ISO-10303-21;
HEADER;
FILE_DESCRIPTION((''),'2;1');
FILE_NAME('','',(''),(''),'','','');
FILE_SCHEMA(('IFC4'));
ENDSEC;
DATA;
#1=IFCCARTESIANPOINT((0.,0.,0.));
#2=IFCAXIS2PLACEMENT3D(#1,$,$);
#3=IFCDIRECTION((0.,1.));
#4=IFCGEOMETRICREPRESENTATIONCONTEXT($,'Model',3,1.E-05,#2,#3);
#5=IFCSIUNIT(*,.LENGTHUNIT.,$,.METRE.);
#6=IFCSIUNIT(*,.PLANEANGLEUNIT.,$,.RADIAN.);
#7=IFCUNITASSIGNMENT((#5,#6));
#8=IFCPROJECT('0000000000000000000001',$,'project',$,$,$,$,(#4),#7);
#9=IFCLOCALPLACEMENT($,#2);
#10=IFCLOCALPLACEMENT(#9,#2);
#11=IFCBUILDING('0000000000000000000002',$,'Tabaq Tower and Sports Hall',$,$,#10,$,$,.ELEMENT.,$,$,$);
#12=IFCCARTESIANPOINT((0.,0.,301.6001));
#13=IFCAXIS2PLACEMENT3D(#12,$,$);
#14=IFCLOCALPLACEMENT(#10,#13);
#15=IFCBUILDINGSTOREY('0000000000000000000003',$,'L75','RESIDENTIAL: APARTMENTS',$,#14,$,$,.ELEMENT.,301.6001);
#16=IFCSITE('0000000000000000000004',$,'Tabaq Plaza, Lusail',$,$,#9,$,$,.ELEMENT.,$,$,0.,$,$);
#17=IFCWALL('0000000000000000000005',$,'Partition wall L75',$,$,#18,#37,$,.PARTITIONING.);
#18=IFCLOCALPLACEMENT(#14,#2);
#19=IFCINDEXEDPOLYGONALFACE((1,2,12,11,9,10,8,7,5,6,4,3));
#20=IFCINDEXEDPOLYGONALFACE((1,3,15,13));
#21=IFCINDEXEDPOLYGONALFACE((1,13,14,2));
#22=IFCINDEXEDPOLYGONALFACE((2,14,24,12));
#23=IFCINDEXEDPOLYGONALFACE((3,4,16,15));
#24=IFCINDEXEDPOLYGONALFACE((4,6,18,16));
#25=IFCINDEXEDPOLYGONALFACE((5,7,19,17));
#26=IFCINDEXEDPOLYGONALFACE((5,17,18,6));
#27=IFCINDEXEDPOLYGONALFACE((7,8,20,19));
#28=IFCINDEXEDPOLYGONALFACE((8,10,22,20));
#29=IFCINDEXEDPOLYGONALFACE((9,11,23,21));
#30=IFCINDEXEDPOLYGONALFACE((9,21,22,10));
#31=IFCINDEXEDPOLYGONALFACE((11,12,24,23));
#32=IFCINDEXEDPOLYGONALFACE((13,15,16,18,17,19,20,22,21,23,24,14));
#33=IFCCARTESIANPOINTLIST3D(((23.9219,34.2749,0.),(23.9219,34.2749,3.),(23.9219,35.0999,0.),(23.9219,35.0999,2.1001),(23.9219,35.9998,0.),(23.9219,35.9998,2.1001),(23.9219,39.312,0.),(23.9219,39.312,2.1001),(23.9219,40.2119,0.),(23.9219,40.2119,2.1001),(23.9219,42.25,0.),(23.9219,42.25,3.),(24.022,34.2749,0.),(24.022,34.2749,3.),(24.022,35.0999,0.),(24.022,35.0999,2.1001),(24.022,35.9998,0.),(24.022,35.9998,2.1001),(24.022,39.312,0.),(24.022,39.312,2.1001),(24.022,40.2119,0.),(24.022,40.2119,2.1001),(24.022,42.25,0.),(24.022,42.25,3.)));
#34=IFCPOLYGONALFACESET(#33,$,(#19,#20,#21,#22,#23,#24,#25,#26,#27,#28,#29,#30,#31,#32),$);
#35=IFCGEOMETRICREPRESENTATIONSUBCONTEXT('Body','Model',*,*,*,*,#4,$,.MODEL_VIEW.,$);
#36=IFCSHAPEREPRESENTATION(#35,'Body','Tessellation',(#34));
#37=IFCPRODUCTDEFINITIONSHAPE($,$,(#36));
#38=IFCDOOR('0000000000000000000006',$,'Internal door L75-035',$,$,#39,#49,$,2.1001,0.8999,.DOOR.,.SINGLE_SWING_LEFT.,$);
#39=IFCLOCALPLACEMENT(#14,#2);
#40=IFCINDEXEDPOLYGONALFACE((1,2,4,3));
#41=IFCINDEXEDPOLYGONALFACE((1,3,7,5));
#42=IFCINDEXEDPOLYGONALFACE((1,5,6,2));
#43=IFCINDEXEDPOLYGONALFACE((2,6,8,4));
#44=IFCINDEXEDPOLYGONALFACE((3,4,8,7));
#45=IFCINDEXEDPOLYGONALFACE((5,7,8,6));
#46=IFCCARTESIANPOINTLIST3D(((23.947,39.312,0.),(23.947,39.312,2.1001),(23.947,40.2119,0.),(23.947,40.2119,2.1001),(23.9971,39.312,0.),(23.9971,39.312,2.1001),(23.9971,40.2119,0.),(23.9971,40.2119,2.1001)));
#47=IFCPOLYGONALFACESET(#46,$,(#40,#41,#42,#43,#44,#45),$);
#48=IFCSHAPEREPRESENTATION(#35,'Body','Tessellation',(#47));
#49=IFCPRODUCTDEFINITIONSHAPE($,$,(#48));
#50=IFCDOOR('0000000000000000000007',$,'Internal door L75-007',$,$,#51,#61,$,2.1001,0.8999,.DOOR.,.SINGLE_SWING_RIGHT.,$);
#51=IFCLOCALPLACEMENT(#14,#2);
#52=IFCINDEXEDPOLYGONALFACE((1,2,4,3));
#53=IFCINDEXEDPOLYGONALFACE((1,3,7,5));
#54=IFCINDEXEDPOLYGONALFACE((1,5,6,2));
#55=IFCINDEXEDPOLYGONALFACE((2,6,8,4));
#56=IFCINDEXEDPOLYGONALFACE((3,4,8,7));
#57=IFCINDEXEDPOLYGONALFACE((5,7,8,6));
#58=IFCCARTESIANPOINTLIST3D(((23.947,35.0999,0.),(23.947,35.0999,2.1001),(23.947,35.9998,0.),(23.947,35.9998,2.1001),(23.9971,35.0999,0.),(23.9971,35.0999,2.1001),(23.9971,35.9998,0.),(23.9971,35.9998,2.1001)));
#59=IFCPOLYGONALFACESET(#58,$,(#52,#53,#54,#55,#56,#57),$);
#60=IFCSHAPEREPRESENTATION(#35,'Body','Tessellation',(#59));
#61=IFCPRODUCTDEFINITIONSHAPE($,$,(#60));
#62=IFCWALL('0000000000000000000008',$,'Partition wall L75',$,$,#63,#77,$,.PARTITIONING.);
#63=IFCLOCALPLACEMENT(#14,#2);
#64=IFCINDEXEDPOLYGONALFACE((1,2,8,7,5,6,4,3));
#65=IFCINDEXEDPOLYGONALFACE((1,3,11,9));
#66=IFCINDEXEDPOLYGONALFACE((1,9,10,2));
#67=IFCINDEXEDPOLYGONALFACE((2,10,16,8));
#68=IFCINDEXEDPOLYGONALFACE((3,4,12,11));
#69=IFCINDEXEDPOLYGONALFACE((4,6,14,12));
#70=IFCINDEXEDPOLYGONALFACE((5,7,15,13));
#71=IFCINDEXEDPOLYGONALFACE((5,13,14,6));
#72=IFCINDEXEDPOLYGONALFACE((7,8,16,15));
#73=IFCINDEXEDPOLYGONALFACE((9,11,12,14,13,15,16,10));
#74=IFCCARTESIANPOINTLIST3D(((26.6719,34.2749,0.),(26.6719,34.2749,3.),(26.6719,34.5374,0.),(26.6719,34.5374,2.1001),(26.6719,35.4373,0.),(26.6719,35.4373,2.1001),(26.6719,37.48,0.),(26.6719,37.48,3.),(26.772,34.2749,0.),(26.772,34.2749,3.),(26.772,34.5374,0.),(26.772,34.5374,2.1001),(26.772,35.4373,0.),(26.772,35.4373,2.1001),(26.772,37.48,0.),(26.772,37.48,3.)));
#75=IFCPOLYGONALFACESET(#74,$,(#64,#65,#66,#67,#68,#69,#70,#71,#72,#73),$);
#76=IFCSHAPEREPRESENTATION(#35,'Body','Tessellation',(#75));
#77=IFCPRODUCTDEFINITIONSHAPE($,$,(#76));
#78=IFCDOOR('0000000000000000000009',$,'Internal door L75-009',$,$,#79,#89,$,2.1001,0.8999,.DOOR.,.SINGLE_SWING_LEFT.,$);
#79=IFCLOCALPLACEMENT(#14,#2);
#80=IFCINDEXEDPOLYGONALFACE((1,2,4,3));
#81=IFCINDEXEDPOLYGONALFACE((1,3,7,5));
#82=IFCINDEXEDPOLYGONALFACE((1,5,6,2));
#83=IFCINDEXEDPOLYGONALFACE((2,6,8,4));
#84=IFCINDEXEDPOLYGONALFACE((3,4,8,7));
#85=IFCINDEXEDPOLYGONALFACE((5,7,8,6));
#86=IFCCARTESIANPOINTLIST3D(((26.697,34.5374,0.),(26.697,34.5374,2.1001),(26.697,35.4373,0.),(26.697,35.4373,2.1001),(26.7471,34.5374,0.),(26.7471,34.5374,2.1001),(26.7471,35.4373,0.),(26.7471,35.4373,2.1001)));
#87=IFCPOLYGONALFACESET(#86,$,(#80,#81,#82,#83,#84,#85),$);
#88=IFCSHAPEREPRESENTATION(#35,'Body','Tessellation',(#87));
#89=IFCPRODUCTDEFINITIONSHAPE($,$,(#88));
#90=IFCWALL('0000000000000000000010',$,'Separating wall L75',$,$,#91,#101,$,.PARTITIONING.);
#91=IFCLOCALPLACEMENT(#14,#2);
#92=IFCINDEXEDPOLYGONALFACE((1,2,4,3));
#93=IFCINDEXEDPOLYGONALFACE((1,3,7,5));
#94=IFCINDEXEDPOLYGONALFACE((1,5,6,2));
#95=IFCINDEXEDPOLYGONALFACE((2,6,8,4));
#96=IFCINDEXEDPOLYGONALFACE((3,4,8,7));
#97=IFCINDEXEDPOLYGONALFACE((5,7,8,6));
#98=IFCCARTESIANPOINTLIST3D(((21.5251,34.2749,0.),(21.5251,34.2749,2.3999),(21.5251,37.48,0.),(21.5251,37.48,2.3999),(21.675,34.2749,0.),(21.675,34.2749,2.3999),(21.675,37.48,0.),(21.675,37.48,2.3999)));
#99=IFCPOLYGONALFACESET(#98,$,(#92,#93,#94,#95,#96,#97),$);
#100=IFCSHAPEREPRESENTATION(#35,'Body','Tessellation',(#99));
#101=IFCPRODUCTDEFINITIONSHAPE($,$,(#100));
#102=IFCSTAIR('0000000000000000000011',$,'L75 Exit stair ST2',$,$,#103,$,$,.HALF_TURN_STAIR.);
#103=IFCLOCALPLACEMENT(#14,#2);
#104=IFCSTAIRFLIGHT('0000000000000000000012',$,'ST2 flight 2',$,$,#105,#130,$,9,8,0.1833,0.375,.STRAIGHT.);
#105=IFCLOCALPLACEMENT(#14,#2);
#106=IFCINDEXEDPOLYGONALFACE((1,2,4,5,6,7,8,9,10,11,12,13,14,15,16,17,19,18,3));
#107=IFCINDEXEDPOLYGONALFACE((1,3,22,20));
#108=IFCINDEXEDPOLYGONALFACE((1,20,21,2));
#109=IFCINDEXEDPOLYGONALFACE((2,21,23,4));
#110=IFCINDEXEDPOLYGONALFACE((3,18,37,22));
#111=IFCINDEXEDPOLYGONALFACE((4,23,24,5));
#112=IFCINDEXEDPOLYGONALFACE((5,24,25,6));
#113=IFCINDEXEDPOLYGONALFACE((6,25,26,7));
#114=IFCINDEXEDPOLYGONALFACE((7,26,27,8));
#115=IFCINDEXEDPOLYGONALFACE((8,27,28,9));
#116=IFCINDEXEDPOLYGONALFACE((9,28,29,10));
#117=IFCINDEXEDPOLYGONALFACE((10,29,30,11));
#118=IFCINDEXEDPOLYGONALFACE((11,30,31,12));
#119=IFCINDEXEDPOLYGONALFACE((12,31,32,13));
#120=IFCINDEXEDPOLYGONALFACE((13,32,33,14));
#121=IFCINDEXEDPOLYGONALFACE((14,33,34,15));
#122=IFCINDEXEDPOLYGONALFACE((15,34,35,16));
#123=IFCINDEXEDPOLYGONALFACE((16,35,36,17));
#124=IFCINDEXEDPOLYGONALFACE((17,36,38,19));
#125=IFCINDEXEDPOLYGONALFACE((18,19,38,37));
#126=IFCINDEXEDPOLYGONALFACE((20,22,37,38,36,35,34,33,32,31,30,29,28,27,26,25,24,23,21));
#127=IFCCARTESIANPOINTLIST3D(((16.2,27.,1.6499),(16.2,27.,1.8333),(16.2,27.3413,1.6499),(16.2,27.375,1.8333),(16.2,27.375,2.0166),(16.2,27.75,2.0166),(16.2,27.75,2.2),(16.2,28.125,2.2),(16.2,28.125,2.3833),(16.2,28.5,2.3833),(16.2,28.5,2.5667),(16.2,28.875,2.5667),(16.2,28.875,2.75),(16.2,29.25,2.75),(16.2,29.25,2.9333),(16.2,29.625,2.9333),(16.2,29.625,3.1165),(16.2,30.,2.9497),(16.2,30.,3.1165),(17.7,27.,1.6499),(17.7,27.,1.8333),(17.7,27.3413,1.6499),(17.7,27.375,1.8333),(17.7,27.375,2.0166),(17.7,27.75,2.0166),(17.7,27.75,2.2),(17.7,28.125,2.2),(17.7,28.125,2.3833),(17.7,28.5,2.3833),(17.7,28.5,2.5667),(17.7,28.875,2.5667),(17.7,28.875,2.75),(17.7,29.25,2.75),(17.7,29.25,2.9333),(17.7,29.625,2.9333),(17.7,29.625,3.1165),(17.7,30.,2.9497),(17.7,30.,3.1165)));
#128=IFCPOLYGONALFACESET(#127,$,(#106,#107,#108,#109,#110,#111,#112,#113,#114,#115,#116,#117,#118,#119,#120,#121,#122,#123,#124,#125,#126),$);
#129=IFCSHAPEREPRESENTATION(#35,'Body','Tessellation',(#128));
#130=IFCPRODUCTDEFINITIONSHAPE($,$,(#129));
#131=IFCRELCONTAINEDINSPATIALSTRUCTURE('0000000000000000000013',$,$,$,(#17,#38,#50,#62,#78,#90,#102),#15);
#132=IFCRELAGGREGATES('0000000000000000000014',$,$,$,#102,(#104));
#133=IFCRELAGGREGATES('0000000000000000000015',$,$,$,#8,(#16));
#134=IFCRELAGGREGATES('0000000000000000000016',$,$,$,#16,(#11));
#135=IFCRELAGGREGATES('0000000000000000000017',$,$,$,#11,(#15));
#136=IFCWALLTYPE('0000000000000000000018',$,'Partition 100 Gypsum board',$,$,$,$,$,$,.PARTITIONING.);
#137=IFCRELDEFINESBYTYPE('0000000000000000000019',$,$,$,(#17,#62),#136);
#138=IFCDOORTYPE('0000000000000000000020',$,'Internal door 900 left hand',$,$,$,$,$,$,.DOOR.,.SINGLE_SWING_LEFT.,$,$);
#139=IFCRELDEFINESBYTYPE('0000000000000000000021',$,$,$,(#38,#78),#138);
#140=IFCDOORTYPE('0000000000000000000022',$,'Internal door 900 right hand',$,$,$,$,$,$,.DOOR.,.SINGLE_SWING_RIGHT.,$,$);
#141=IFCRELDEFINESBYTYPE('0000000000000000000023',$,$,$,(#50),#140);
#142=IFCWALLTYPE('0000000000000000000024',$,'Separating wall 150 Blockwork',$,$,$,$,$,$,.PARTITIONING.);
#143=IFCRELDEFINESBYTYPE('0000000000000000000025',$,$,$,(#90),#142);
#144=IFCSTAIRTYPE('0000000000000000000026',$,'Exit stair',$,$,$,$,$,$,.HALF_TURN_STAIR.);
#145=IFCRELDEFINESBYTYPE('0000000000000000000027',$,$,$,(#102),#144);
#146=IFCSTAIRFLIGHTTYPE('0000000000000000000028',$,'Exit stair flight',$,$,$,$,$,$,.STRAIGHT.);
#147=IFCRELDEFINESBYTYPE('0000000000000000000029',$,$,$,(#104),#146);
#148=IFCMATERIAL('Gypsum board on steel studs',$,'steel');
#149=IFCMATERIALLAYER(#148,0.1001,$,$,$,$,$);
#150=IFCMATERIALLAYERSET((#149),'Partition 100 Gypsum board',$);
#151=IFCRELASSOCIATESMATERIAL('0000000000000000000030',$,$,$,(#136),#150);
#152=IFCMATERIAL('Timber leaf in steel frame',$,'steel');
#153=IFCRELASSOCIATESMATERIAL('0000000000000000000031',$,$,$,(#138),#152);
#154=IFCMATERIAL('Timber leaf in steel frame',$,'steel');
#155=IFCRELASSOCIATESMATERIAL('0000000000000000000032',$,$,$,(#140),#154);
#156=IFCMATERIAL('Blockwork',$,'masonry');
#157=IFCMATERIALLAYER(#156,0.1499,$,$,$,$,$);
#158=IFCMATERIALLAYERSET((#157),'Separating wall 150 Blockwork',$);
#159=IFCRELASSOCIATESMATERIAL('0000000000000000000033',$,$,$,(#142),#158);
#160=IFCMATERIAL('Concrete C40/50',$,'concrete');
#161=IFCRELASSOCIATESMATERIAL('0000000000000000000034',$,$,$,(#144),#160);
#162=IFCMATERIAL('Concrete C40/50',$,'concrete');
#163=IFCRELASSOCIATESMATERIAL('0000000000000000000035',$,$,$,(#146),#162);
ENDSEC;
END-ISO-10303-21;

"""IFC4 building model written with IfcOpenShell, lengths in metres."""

from ifc_helpers import new_model, si_unit, direction, frame, frame_2d, origin, place, context, subcontext, project, spatial, polyline, rectangle, outline, extrude, material, layer, layer_set, type_object, element, fill, aggregate, save


model = new_model("IFC4")

# Units and contexts
model_context = context("Model", 3, precision=1e-05, world=origin(), true_north=direction((0.0, 1.0)))
body_context = subcontext(model_context, "Body", "Model", "MODEL_VIEW")
ifc_project = project(units=[si_unit("LENGTHUNIT", "METRE"), si_unit("PLANEANGLEUNIT", "RADIAN")], contexts=[model_context])

# Site, building, storey
site_placement = place(None, origin())
site = spatial("IfcSite", under=ifc_project, at=site_placement, Name="Tabaq Plaza, Lusail", CompositionType="ELEMENT", RefElevation=0.0)
building_placement = place(site_placement, origin())
building = spatial("IfcBuilding", under=site, at=building_placement, Name="Tabaq Tower and Sports Hall", CompositionType="ELEMENT")
storey_placement = place(building_placement, frame((0.0, 0.0, 301.6001)))
storey = spatial("IfcBuildingStorey", under=building, at=storey_placement, Name="L75", Description="RESIDENTIAL: APARTMENTS", CompositionType="ELEMENT", Elevation=301.6001)

# Shared definitions
ifc_material_1 = material(Name="Gypsum board on steel studs", Category="steel")
ifc_layer_1 = layer(ifc_material_1, 0.1001)
ifc_layer_set_1 = layer_set([ifc_layer_1], Name="Partition 100 Gypsum board")
wall_type_1 = type_object("IfcWallType", Name="Partition 100 Gypsum board", PredefinedType="PARTITIONING", material=ifc_layer_set_1)

# Wall, openings, doors
wall_1_placement = place(storey_placement, frame((23.9719, 34.2749, 0.0), z_axis=(0.0, 0.0, 1.0), x_axis=(0.0, 1.0, 0.0)))
wall_1 = element("IfcWall", 1, at=wall_1_placement, inside=storey, type_object=wall_type_1, Name="Partition wall L75", PredefinedType="PARTITIONING", context=body_context, shape_type="SweptSolid", body=[
    extrude(rectangle(XDim=7.9751, YDim=0.1001, at=frame_2d((3.9875, 0.0))), origin(), (0.0, 0.0, 1.0), 3.0),
])
opening_1_placement = place(wall_1_placement, frame((0.825, 0.0, 0.0)))
opening_1 = element("IfcOpeningElement", 2, at=opening_1_placement, cuts=wall_1, PredefinedType="OPENING", context=body_context, shape_type="SweptSolid", body=[
    extrude(rectangle(XDim=0.8999, YDim=2.1001, at=frame_2d((0.45, 1.05))), frame((0.0, 0.05, 0.0), z_axis=(0.0, -1.0, 0.0), x_axis=(1.0, 0.0, 0.0)), (0.0, 0.0, 1.0), 0.1001),
])
opening_2_placement = place(wall_1_placement, frame((5.0371, 0.0, 0.0)))
opening_2 = element("IfcOpeningElement", 3, at=opening_2_placement, cuts=wall_1, PredefinedType="OPENING", context=body_context, shape_type="SweptSolid", body=[
    extrude(rectangle(XDim=0.8999, YDim=2.1001, at=frame_2d((0.45, 1.05))), frame((0.0, 0.05, 0.0), z_axis=(0.0, -1.0, 0.0), x_axis=(1.0, 0.0, 0.0)), (0.0, 0.0, 1.0), 0.1001),
])
ifc_material_2 = material(Name="Timber leaf in steel frame", Category="steel")
door_type_1 = type_object("IfcDoorType", Name="Internal door 900 left hand", OperationType="SINGLE_SWING_LEFT", PredefinedType="DOOR", material=ifc_material_2)
door_1_placement = place(opening_2_placement, origin())
door_1 = element("IfcDoor", 4, at=door_1_placement, inside=storey, type_object=door_type_1, Name="Internal door L75-035", OperationType="SINGLE_SWING_LEFT", OverallHeight=2.1001, OverallWidth=0.8999, PredefinedType="DOOR", context=body_context, shape_type="SweptSolid", body=[
    extrude(rectangle(XDim=0.8999, YDim=2.1001, at=frame_2d((0.45, 1.05))), frame((0.0, 0.0249, 0.0), z_axis=(0.0, -1.0, 0.0), x_axis=(1.0, 0.0, 0.0)), (0.0, 0.0, 1.0), 0.05),
])
fill(opening_2, door_1)
ifc_material_3 = material(Name="Timber leaf in steel frame", Category="steel")
door_type_2 = type_object("IfcDoorType", Name="Internal door 900 right hand", OperationType="SINGLE_SWING_RIGHT", PredefinedType="DOOR", material=ifc_material_3)
door_2_placement = place(opening_1_placement, origin())
door_2 = element("IfcDoor", 5, at=door_2_placement, inside=storey, type_object=door_type_2, Name="Internal door L75-007", OperationType="SINGLE_SWING_RIGHT", OverallHeight=2.1001, OverallWidth=0.8999, PredefinedType="DOOR", context=body_context, shape_type="SweptSolid", body=[
    extrude(rectangle(XDim=0.8999, YDim=2.1001, at=frame_2d((0.45, 1.05))), frame((0.0, 0.0249, 0.0), z_axis=(0.0, -1.0, 0.0), x_axis=(1.0, 0.0, 0.0)), (0.0, 0.0, 1.0), 0.05),
])
fill(opening_1, door_2)

# Wall, opening, door
wall_2_placement = place(storey_placement, frame((26.7219, 34.2749, 0.0), z_axis=(0.0, 0.0, 1.0), x_axis=(0.0, 1.0, 0.0)))
wall_2 = element("IfcWall", 6, at=wall_2_placement, inside=storey, type_object=wall_type_1, Name="Partition wall L75", PredefinedType="PARTITIONING", context=body_context, shape_type="SweptSolid", body=[
    extrude(rectangle(XDim=3.2051, YDim=0.1001, at=frame_2d((1.6025, 0.0))), origin(), (0.0, 0.0, 1.0), 3.0),
])
opening_3_placement = place(wall_2_placement, frame((0.2625, 0.0, 0.0)))
opening_3 = element("IfcOpeningElement", 7, at=opening_3_placement, cuts=wall_2, PredefinedType="OPENING", context=body_context, shape_type="SweptSolid", body=[
    extrude(rectangle(XDim=0.8999, YDim=2.1001, at=frame_2d((0.45, 1.05))), frame((0.0, 0.05, 0.0), z_axis=(0.0, -1.0, 0.0), x_axis=(1.0, 0.0, 0.0)), (0.0, 0.0, 1.0), 0.1001),
])
door_3_placement = place(opening_3_placement, origin())
door_3 = element("IfcDoor", 8, at=door_3_placement, inside=storey, type_object=door_type_1, Name="Internal door L75-009", OperationType="SINGLE_SWING_LEFT", OverallHeight=2.1001, OverallWidth=0.8999, PredefinedType="DOOR", context=body_context, shape_type="SweptSolid", body=[
    extrude(rectangle(XDim=0.8999, YDim=2.1001, at=frame_2d((0.45, 1.05))), frame((0.0, 0.0249, 0.0), z_axis=(0.0, -1.0, 0.0), x_axis=(1.0, 0.0, 0.0)), (0.0, 0.0, 1.0), 0.05),
])
fill(opening_3, door_3)

# Wall
ifc_material_4 = material(Name="Blockwork", Category="masonry")
ifc_layer_2 = layer(ifc_material_4, 0.1499)
ifc_layer_set_2 = layer_set([ifc_layer_2], Name="Separating wall 150 Blockwork")
wall_type_2 = type_object("IfcWallType", Name="Separating wall 150 Blockwork", PredefinedType="PARTITIONING", material=ifc_layer_set_2)
wall_3_placement = place(storey_placement, frame((21.6001, 34.2749, 0.0), z_axis=(0.0, 0.0, 1.0), x_axis=(0.0, 1.0, 0.0)))
element("IfcWall", 9, at=wall_3_placement, inside=storey, type_object=wall_type_2, Name="Separating wall L75", PredefinedType="PARTITIONING", context=body_context, shape_type="SweptSolid", body=[
    extrude(rectangle(XDim=3.2051, YDim=0.1499, at=frame_2d((1.6025, 0.0))), origin(), (0.0, 0.0, 1.0), 2.3999),
])

# Stair, stair flight
ifc_material_5 = material(Name="Concrete C40/50", Category="concrete")
stair_type = type_object("IfcStairType", Name="Exit stair", PredefinedType="HALF_TURN_STAIR", material=ifc_material_5)
stair_placement = place(storey_placement, origin())
stair = element("IfcStair", 10, at=stair_placement, inside=storey, type_object=stair_type, Name="L75 Exit stair ST2", PredefinedType="HALF_TURN_STAIR")
ifc_material_6 = material(Name="Concrete C40/50", Category="concrete")
stair_flight_type = type_object("IfcStairFlightType", Name="Exit stair flight", PredefinedType="STRAIGHT", material=ifc_material_6)
stair_flight_placement = place(storey_placement, frame((16.95, 27.0, 1.6499), z_axis=(0.0, 0.0, 1.0), x_axis=(0.0, 1.0, 0.0)))
stair_flight = element("IfcStairFlight", 11, at=stair_flight_placement, type_object=stair_flight_type, Name="ST2 flight 2", NumberOfRisers=9, NumberOfTreads=8, PredefinedType="STRAIGHT", RiserHeight=0.1833, TreadLength=0.375, context=body_context, shape_type="SweptSolid", body=[
    extrude(outline(polyline([(0.0, 0.0), (0.0, 0.1833), (0.375, 0.1833), (0.375, 0.3667), (0.75, 0.3667), (0.75, 0.55), (1.125, 0.55), (1.125, 0.7334), (1.5, 0.7334), (1.5, 0.9167), (1.875, 0.9167), (1.875, 1.1001), (2.25, 1.1001), (2.25, 1.2834), (2.625, 1.2834), (2.625, 1.4666), (3.0, 1.4666), (3.0, 1.6499), (3.0, 1.2998), (0.3413, 0.0), (0.0, 0.0)])), frame((0.0, 0.75, 0.0), z_axis=(0.0, -1.0, 0.0), x_axis=(1.0, 0.0, 0.0)), (0.0, 0.0, 1.0), 1.5),
])
aggregate(stair, [stair_flight])

save(model, "model.ifc")
